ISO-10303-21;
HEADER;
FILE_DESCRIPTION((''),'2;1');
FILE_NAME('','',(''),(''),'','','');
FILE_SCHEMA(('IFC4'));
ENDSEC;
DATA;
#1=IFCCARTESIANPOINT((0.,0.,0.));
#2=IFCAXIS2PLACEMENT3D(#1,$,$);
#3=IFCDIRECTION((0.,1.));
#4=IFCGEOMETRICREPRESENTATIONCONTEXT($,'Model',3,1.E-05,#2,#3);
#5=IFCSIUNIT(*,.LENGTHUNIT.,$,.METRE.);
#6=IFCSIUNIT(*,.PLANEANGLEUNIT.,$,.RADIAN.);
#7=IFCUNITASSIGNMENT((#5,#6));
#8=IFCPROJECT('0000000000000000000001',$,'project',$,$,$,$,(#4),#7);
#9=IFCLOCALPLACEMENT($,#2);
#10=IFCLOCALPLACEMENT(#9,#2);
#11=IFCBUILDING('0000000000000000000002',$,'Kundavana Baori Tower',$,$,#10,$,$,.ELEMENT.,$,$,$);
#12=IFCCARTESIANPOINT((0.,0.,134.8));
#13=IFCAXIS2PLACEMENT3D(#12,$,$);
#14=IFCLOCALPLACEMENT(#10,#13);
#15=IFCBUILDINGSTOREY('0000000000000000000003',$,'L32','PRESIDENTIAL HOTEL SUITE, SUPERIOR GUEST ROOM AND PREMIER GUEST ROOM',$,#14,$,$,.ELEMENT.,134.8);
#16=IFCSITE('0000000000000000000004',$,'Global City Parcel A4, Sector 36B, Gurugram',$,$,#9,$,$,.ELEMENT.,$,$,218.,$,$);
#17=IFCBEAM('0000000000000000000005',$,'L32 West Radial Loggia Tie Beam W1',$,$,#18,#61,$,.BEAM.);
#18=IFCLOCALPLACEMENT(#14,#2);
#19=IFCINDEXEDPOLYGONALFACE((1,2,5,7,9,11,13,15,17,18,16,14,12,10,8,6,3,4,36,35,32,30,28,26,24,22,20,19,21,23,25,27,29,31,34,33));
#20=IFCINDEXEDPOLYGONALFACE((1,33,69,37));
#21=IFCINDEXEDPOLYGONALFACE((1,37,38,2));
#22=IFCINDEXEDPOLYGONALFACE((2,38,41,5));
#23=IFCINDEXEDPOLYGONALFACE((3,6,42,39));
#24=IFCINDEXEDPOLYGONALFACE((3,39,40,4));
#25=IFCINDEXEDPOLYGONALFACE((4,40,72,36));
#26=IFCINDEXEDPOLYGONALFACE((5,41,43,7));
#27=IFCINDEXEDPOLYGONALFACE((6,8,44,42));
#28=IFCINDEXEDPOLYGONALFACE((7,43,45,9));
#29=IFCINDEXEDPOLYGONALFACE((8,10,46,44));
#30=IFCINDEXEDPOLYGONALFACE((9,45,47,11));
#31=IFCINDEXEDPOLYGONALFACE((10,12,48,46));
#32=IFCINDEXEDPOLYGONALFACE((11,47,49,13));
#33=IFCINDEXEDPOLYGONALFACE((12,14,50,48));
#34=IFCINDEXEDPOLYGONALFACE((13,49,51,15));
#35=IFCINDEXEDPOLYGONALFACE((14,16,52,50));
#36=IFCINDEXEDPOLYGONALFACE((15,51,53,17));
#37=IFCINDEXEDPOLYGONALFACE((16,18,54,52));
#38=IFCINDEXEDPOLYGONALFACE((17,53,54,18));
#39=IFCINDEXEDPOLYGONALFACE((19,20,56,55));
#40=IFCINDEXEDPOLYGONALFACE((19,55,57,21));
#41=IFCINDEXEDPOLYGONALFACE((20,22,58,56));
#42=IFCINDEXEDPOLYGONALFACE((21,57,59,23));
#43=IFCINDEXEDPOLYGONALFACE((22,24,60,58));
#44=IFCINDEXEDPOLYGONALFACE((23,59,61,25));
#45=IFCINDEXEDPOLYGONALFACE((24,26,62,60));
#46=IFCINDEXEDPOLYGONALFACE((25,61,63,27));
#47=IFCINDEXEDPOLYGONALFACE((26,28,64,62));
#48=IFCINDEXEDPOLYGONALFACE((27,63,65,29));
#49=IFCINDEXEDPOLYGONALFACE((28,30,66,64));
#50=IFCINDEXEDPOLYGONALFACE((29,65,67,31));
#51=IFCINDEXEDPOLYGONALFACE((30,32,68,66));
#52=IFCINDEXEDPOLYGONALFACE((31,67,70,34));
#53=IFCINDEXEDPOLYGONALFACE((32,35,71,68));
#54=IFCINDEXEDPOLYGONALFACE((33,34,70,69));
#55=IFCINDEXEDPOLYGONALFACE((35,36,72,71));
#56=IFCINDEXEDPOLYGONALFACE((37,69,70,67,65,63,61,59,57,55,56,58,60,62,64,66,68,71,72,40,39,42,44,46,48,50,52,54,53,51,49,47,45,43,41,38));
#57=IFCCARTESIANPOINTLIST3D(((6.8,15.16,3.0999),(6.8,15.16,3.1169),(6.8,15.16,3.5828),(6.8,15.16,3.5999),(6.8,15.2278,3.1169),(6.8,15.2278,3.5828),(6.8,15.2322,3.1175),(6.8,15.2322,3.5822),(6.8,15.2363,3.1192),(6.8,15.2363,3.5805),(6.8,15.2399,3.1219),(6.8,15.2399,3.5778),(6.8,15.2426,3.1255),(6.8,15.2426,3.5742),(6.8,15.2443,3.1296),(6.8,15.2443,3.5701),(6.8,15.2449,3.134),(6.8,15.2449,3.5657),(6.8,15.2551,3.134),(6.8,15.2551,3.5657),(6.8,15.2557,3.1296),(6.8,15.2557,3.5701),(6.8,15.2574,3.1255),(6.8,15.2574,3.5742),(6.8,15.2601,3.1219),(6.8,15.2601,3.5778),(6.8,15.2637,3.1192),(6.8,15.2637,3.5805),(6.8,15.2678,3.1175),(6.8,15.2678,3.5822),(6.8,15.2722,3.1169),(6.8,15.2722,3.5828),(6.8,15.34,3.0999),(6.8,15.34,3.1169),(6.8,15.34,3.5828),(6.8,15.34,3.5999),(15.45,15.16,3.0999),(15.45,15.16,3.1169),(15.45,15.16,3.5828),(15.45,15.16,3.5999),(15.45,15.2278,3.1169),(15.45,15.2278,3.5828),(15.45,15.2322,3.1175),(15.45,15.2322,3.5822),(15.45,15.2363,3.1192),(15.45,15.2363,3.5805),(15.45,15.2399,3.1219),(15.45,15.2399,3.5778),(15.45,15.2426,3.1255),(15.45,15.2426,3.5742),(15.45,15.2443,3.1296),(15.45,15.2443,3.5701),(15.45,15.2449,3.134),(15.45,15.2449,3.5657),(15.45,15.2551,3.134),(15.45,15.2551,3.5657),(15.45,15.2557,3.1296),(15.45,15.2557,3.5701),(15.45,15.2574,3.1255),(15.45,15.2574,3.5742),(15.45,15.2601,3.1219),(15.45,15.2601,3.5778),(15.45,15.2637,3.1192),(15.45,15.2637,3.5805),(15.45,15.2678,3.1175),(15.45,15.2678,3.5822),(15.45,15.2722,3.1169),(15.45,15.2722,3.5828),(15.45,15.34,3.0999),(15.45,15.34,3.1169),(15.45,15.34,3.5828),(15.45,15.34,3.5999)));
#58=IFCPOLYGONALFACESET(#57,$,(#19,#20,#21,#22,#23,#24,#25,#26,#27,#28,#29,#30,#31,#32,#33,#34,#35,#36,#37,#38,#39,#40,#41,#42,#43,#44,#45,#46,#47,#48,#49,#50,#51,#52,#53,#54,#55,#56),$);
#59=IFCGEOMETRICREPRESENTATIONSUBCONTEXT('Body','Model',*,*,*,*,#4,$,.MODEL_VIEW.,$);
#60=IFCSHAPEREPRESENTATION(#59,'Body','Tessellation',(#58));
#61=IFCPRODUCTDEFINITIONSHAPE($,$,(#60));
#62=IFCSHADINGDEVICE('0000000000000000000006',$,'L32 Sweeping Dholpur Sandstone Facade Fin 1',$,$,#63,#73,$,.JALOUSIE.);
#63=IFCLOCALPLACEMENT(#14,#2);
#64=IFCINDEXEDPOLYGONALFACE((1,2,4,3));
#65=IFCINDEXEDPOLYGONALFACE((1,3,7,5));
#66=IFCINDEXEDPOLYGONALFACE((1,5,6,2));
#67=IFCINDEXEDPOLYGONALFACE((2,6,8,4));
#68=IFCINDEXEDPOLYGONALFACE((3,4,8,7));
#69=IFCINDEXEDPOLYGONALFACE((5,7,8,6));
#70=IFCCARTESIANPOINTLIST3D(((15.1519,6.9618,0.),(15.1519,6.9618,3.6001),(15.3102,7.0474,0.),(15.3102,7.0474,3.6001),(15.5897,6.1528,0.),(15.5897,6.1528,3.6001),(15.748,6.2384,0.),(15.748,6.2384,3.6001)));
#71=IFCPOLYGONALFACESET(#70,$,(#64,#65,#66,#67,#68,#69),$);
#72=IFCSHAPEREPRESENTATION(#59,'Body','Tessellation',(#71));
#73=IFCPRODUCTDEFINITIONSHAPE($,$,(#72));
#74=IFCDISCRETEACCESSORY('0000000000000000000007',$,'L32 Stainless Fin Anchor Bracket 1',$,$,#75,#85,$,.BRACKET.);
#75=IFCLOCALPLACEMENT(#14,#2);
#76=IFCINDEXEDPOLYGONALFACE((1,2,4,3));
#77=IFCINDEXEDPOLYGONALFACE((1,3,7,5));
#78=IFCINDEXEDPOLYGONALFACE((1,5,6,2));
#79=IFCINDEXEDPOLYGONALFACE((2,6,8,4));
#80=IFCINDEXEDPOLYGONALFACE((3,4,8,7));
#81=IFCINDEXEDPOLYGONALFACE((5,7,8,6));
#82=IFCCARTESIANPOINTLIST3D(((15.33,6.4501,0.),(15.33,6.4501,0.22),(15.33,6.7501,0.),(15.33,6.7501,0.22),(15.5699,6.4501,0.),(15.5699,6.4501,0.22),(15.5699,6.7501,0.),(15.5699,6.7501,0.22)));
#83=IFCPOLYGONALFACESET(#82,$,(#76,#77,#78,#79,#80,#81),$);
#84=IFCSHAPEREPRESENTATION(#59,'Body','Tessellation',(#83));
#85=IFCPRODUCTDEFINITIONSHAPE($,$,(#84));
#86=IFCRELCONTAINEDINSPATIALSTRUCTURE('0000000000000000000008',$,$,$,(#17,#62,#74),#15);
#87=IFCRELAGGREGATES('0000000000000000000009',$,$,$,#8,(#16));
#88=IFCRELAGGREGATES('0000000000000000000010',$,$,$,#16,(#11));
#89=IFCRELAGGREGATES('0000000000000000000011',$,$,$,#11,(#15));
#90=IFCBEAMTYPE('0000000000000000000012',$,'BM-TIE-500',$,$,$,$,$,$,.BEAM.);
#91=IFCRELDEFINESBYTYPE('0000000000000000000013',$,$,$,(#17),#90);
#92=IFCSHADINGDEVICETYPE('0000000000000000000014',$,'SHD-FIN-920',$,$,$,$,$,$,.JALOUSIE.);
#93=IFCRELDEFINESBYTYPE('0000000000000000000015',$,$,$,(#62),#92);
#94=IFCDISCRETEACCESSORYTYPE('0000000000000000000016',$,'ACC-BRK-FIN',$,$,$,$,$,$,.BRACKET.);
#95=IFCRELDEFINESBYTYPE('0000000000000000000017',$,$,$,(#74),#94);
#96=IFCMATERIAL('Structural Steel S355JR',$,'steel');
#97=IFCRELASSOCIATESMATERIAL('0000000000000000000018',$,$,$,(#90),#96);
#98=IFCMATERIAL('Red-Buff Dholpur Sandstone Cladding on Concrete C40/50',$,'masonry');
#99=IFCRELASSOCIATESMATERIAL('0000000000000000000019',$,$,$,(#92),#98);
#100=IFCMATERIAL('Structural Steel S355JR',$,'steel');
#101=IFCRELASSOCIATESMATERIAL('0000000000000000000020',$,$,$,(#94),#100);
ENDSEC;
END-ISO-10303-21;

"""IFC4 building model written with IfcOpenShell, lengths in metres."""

from ifc_helpers import new_model, si_unit, direction, frame, origin, origin_2d, place, context, subcontext, project, spatial, rectangle, i_section, extrude, material, material_profile, profile_set, type_object, element, save


model = new_model("IFC4")

# Units and contexts
model_context = context("Model", 3, precision=1e-05, world=origin(), true_north=direction((0.0, 1.0)))
body_context = subcontext(model_context, "Body", "Model", "MODEL_VIEW")
ifc_project = project(units=[si_unit("LENGTHUNIT", "METRE"), si_unit("PLANEANGLEUNIT", "RADIAN")], contexts=[model_context])

# Site, building, storey
site_placement = place(None, origin())
site = spatial("IfcSite", under=ifc_project, at=site_placement, Name="Global City Parcel A4, Sector 36B, Gurugram", CompositionType="ELEMENT", RefElevation=218.0)
building_placement = place(site_placement, origin())
building = spatial("IfcBuilding", under=site, at=building_placement, Name="Kundavana Baori Tower", CompositionType="ELEMENT")
storey_placement = place(building_placement, frame((0.0, 0.0, 134.8)))
storey = spatial("IfcBuildingStorey", under=building, at=storey_placement, Name="L32", Description="PRESIDENTIAL HOTEL SUITE, SUPERIOR GUEST ROOM AND PREMIER GUEST ROOM", CompositionType="ELEMENT", Elevation=134.8)

# Beam
ifc_material_1 = material(Name="Structural Steel S355JR", Category="steel")
ifc_material_profile_1 = material_profile(ifc_material_1, i_section(OverallWidth=0.1799, OverallDepth=0.5, WebThickness=0.0103, FlangeThickness=0.0171, FilletRadius=0.0171, at=origin_2d()), Name="ISMB 500")
ifc_profile_set_1 = profile_set([ifc_material_profile_1], Name="Structural Steel S355JR")
beam_type_1 = type_object("IfcBeamType", Name="BM-TIE-500", PredefinedType="BEAM", material=ifc_profile_set_1)
for number, where, z_axis, x_axis, name in (
    (1, (15.45, 15.25, 3.3499), (-1.0, 0.0, 0.0), (0.0, -1.0, 0.0), "L32 West Radial Loggia Tie Beam W1"),
):
    element("IfcBeam", number, at=place(storey_placement, frame(where, z_axis=z_axis, x_axis=x_axis)), inside=storey, type_object=beam_type_1, Name=name, PredefinedType="BEAM", context=body_context, shape_type="SweptSolid", body=[
        extrude(i_section(OverallWidth=0.1799, OverallDepth=0.5, WebThickness=0.0103, FlangeThickness=0.0171, FilletRadius=0.0171, at=origin_2d()), origin(), (0.0, 0.0, 1.0), 8.6499),
    ])

# Shading device
ifc_material_2 = material(Name="Red-Buff Dholpur Sandstone Cladding on Concrete C40/50", Category="masonry")
shading_device_type = type_object("IfcShadingDeviceType", Name="SHD-FIN-920", PredefinedType="JALOUSIE", material=ifc_material_2)
shading_device_placement = place(storey_placement, frame((15.45, 6.6001, 0.0), z_axis=(0.0, 0.0, 1.0), x_axis=(0.879482, 0.475931, 0.0)))
element("IfcShadingDevice", 2, at=shading_device_placement, inside=storey, type_object=shading_device_type, Name="L32 Sweeping Dholpur Sandstone Facade Fin 1", PredefinedType="JALOUSIE", context=body_context, shape_type="SweptSolid", body=[
    extrude(rectangle(XDim=0.1799, YDim=0.9199, at=origin_2d()), origin(), (0.0, 0.0, 1.0), 3.6001),
])

# Discrete accessory
ifc_material_3 = material(Name="Structural Steel S355JR", Category="steel")
discrete_accessory_type = type_object("IfcDiscreteAccessoryType", Name="ACC-BRK-FIN", PredefinedType="BRACKET", material=ifc_material_3)
discrete_accessory_placement = place(storey_placement, frame((15.45, 6.6001, 0.0), z_axis=(0.0, 0.0, 1.0), x_axis=(1.0, 0.0, 0.0)))
element("IfcDiscreteAccessory", 3, at=discrete_accessory_placement, inside=storey, type_object=discrete_accessory_type, Name="L32 Stainless Fin Anchor Bracket 1", PredefinedType="BRACKET", context=body_context, shape_type="SweptSolid", body=[
    extrude(rectangle(XDim=0.24, YDim=0.3, at=origin_2d()), origin(), (0.0, 0.0, 1.0), 0.22),
])

save(model, "model.ifc")
